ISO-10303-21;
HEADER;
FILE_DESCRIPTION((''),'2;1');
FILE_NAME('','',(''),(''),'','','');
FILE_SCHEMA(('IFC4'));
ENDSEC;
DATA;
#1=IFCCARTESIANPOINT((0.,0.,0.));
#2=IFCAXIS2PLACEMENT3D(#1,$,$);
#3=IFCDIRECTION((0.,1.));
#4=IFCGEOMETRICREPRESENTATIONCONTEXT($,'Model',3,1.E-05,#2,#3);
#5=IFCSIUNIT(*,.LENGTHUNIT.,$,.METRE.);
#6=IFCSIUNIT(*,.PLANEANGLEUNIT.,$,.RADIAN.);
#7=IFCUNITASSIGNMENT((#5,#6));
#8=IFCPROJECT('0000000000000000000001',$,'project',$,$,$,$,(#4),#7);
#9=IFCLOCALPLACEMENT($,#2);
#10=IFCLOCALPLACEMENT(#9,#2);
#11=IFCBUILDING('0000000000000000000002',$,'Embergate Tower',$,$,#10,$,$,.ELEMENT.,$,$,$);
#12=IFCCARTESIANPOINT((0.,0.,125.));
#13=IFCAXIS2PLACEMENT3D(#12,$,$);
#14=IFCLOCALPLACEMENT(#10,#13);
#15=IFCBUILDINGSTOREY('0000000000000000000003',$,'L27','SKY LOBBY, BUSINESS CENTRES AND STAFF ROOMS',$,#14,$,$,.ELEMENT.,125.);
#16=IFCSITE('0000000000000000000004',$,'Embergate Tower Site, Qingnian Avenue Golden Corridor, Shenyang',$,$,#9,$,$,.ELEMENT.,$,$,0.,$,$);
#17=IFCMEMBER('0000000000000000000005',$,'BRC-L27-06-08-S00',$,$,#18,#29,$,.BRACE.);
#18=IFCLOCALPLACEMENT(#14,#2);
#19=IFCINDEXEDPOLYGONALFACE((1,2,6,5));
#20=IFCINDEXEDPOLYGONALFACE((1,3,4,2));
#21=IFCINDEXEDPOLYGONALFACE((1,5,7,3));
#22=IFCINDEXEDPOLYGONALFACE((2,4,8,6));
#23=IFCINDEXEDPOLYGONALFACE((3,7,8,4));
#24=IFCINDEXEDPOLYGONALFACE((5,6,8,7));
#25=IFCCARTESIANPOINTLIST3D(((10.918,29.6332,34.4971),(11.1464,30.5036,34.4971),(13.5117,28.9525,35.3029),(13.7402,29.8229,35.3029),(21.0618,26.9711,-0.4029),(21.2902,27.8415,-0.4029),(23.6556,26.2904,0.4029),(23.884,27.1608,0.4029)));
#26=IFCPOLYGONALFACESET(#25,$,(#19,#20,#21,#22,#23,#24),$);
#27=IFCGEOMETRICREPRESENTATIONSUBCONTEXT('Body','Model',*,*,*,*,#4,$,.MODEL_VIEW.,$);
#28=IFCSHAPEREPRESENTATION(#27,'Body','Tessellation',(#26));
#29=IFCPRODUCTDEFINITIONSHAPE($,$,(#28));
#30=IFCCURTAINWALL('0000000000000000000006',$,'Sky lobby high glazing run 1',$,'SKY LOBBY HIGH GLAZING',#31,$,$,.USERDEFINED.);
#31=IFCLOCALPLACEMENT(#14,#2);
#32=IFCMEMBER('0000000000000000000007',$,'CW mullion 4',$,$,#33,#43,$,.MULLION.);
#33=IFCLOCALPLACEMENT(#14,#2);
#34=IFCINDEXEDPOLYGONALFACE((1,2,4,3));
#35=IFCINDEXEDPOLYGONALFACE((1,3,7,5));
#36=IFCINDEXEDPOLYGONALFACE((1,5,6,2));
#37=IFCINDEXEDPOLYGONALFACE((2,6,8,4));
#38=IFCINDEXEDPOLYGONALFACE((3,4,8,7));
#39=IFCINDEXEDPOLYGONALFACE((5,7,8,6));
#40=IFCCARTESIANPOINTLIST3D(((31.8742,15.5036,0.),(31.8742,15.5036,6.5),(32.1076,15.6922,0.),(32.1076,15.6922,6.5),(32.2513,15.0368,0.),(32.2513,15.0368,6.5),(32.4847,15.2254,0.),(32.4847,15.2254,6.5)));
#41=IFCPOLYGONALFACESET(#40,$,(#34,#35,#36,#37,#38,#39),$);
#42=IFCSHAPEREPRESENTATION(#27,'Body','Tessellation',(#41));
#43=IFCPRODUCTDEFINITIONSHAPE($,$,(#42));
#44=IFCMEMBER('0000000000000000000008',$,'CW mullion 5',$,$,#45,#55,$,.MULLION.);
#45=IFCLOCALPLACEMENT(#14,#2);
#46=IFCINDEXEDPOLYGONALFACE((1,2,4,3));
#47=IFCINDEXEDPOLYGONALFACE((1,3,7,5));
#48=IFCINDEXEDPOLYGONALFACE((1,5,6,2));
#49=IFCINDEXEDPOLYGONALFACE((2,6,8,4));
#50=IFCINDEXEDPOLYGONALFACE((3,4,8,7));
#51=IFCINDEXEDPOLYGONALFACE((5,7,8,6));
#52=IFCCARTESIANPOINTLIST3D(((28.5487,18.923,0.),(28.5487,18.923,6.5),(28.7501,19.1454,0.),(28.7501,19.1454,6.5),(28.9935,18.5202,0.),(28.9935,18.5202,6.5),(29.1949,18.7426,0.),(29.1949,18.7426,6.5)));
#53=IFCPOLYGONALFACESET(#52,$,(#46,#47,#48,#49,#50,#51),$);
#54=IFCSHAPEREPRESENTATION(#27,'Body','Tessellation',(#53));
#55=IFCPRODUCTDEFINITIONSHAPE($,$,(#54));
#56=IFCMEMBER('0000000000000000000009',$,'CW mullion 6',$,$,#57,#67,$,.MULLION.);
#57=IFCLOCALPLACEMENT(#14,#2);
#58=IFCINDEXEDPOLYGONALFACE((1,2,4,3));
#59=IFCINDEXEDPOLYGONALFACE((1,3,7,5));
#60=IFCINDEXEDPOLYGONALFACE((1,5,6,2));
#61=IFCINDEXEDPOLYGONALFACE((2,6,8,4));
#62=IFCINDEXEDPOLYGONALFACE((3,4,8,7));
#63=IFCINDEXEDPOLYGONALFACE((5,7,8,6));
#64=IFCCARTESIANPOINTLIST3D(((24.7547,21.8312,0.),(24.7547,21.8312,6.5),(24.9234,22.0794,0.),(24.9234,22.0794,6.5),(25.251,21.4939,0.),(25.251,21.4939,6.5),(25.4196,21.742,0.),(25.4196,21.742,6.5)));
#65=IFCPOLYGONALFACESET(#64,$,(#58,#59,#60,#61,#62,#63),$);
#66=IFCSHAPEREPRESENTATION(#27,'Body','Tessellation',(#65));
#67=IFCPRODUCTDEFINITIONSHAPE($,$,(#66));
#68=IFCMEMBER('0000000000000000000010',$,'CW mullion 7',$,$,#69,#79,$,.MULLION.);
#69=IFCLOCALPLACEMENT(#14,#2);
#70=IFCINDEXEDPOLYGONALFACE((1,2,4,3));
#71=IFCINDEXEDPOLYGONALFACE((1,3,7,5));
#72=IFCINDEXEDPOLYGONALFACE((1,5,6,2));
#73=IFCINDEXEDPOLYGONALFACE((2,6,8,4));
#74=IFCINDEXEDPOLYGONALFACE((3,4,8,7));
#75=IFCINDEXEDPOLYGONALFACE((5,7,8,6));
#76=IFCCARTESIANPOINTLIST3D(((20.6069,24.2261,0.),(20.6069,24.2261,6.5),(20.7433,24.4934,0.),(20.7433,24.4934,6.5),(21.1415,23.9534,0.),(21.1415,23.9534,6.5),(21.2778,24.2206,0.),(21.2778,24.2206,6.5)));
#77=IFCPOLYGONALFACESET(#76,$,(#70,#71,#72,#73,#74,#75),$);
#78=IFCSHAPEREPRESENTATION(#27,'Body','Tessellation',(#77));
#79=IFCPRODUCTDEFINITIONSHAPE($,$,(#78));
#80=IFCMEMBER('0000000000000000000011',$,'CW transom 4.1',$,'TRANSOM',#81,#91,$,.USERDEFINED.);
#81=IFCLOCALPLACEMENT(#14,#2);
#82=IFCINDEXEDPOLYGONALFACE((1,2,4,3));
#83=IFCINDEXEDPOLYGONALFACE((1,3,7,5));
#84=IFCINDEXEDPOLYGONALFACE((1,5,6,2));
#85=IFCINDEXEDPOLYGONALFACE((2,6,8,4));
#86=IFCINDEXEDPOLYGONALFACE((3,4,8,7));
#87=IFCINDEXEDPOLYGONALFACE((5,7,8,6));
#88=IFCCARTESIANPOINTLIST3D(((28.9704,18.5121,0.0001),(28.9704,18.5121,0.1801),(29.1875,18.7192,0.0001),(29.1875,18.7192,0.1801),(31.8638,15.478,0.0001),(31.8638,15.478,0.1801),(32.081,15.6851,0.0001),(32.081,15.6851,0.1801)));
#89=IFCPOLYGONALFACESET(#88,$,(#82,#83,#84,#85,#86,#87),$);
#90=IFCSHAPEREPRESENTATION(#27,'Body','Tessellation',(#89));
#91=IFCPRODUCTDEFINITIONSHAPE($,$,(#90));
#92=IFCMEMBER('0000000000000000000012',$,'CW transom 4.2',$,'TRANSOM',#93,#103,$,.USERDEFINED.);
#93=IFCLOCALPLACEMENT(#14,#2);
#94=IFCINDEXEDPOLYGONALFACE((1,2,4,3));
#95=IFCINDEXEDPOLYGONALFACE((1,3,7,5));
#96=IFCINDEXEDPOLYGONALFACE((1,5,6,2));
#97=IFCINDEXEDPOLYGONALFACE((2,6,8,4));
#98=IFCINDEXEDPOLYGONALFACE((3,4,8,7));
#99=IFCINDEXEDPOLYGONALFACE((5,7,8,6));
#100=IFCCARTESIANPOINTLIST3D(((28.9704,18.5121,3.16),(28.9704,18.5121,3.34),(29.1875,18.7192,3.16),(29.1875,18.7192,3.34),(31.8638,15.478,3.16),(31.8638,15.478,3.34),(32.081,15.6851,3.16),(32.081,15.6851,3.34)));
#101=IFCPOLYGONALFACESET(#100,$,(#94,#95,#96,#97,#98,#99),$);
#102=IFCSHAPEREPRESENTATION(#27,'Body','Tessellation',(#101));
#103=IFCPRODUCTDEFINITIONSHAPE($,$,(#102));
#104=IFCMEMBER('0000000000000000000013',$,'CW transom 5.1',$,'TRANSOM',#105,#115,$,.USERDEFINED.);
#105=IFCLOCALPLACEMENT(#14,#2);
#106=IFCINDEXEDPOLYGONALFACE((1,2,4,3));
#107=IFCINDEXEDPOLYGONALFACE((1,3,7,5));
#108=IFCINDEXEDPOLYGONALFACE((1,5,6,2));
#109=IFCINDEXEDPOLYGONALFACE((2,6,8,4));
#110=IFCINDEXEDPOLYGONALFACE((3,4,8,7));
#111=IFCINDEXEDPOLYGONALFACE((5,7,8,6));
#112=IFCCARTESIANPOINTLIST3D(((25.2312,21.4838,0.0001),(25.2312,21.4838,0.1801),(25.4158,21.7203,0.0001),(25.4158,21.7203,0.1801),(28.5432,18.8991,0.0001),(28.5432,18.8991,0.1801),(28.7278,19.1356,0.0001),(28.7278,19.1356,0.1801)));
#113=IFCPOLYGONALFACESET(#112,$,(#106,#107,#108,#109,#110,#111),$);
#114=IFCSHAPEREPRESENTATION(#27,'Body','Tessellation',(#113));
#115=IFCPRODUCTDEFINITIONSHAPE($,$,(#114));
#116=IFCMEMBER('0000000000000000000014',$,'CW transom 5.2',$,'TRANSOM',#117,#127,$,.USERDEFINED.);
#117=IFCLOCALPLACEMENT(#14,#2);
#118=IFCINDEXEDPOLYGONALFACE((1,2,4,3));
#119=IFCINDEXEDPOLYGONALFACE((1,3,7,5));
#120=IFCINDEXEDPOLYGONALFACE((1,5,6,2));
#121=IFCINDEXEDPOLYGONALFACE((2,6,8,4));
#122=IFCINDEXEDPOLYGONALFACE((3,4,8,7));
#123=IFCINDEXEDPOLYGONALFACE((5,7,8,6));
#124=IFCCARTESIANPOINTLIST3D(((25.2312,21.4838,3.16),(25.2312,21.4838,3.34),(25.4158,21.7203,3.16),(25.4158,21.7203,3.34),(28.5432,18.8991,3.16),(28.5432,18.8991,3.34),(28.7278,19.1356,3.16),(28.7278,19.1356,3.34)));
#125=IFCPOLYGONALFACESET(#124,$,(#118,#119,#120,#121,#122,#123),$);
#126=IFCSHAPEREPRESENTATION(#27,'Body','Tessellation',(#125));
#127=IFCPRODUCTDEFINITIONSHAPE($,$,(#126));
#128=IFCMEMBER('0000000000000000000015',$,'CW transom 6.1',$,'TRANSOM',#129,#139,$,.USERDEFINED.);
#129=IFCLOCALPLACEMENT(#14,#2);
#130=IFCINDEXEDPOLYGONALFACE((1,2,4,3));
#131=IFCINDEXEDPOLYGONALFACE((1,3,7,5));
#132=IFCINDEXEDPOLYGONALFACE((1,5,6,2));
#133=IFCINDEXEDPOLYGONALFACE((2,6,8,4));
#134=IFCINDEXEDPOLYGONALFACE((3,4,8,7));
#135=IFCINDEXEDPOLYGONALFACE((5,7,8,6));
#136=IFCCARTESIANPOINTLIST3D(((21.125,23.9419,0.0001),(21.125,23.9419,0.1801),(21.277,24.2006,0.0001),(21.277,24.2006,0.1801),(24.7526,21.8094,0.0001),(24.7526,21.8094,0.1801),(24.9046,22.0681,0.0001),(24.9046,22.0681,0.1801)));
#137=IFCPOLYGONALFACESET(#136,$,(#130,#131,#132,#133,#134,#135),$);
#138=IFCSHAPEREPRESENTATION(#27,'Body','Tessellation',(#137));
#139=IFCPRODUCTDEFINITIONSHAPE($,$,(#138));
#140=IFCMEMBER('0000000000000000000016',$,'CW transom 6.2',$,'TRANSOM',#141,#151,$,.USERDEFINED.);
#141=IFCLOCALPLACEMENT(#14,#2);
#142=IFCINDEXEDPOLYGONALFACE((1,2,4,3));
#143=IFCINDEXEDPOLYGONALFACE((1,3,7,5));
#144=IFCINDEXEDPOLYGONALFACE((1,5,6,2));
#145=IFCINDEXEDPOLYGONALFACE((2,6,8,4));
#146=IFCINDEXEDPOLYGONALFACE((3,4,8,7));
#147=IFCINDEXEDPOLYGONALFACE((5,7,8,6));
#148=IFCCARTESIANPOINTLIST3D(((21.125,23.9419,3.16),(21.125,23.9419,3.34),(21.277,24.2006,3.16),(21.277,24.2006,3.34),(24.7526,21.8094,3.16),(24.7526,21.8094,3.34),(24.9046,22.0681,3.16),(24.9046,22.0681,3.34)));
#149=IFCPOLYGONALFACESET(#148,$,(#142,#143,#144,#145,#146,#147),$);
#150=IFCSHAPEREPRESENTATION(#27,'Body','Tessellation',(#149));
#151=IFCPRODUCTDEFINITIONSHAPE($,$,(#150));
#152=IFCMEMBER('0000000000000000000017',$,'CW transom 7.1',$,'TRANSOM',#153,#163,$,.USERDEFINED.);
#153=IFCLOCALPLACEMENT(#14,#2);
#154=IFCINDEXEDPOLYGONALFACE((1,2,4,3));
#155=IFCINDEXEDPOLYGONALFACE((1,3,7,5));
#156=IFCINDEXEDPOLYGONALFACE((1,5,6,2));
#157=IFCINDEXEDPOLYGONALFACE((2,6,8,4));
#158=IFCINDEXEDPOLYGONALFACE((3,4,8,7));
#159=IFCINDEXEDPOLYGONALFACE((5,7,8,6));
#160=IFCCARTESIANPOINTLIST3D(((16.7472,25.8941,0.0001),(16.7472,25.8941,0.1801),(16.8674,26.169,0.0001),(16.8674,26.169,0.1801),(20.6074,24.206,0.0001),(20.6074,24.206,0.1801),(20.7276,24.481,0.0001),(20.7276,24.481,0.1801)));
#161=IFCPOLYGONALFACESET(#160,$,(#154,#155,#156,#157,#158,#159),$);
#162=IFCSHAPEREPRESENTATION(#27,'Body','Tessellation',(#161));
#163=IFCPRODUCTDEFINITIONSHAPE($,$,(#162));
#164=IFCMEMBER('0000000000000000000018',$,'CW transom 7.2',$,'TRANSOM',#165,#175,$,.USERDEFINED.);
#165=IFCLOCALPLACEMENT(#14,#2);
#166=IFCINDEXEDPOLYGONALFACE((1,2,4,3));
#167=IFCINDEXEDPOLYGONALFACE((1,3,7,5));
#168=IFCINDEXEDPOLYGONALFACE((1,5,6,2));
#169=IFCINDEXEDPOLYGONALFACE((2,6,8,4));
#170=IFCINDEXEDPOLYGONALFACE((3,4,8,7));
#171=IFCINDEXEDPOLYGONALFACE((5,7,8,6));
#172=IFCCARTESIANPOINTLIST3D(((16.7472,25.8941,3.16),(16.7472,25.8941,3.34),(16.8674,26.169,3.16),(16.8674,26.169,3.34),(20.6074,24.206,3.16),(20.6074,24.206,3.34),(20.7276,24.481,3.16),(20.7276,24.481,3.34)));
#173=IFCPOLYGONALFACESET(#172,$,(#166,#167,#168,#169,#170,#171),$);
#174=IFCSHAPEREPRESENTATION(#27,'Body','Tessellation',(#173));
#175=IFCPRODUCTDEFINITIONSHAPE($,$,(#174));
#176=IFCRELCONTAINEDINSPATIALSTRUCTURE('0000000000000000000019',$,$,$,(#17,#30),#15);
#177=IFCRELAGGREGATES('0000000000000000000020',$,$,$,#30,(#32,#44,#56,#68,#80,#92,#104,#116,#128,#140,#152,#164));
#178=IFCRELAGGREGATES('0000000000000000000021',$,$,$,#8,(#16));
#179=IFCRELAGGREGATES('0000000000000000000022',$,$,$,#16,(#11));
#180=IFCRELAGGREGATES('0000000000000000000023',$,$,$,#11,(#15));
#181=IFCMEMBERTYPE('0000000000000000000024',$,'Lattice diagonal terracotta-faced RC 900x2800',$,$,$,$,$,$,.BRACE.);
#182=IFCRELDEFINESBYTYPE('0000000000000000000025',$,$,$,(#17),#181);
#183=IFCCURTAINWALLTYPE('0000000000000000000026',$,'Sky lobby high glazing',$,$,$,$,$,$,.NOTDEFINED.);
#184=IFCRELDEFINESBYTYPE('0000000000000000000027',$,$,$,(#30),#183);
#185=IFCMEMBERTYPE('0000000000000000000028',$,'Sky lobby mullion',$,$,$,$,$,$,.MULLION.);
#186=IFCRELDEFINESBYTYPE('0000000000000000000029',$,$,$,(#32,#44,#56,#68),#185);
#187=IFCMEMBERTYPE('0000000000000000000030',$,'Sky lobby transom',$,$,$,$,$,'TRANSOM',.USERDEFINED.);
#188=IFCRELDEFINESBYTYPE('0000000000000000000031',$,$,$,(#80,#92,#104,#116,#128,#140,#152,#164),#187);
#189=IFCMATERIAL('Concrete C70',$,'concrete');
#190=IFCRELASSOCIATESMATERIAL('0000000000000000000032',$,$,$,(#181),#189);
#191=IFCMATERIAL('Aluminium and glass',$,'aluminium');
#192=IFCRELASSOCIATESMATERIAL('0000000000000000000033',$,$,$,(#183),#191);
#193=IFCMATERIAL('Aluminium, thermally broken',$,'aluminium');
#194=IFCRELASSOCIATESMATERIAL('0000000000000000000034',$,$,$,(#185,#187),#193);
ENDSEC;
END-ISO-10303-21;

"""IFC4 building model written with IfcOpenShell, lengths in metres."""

from ifc_helpers import new_model, si_unit, direction, frame, origin, origin_2d, place, context, subcontext, project, spatial, rectangle, extrude, source, transform, mapped, material, material_profile, profile_set, type_object, element, aggregate, save


model = new_model("IFC4")

# Units and contexts
model_context = context("Model", 3, precision=1e-05, world=origin(), true_north=direction((0.0, 1.0)))
body_context = subcontext(model_context, "Body", "Model", "MODEL_VIEW")
ifc_project = project(units=[si_unit("LENGTHUNIT", "METRE"), si_unit("PLANEANGLEUNIT", "RADIAN")], contexts=[model_context])

# Site, building, storey
site_placement = place(None, origin())
site = spatial("IfcSite", under=ifc_project, at=site_placement, Name="Embergate Tower Site, Qingnian Avenue Golden Corridor, Shenyang", CompositionType="ELEMENT", RefElevation=0.0)
building_placement = place(site_placement, origin())
building = spatial("IfcBuilding", under=site, at=building_placement, Name="Embergate Tower", CompositionType="ELEMENT")
storey_placement = place(building_placement, frame((0.0, 0.0, 125.0)))
storey = spatial("IfcBuildingStorey", under=building, at=storey_placement, Name="L27", Description="SKY LOBBY, BUSINESS CENTRES AND STAFF ROOMS", CompositionType="ELEMENT", Elevation=125.0)

# Shared definitions
ifc_material_1 = material(Name="Concrete C70", Category="concrete")

# Member
ifc_material_profile_1 = material_profile(ifc_material_1, rectangle(XDim=0.8999, YDim=2.8, at=origin_2d()), Name="RC 900x2800")
ifc_profile_set_1 = profile_set([ifc_material_profile_1], Name="Concrete C70")
member_type_1 = type_object("IfcMemberType", Name="Lattice diagonal terracotta-faced RC 900x2800", PredefinedType="BRACE", material=ifc_profile_set_1)
shared_shape_1 = source(origin(), body_context, "Body", "SweptSolid", [
    extrude(rectangle(XDim=0.8999, YDim=2.8, at=origin_2d()), origin(), (0.0, 0.0, 1.0), 36.4417),
])
member_1_placement = place(storey_placement, frame((22.4729, 27.0659, 0.0), z_axis=(-0.278358, 0.073051, 0.957695), x_axis=(-0.253841, -0.967246, 0.0)))
element("IfcMember", 1, at=member_1_placement, inside=storey, type_object=member_type_1, Name="BRC-L27-06-08-S00", PredefinedType="BRACE", context=body_context, shape_type="MappedRepresentation", body=[
    mapped(shared_shape_1, transform((0.0, 0.0, 0.0))),
])

# Curtain wall, members
ifc_material_2 = material(Name="Aluminium and glass", Category="aluminium")
curtain_wall_type = type_object("IfcCurtainWallType", Name="Sky lobby high glazing", PredefinedType="NOTDEFINED", material=ifc_material_2)
curtain_wall_placement = place(storey_placement, origin())
curtain_wall = element("IfcCurtainWall", 2, at=curtain_wall_placement, inside=storey, type_object=curtain_wall_type, Name="Sky lobby high glazing run 1", ObjectType="SKY LOBBY HIGH GLAZING", PredefinedType="USERDEFINED")
ifc_material_3 = material(Name="Aluminium, thermally broken", Category="aluminium")
ifc_material_profile_2 = material_profile(ifc_material_3, rectangle(XDim=0.3, YDim=0.6001, at=origin_2d()), Name="AL 600x300")
ifc_profile_set_2 = profile_set([ifc_material_profile_2], Name="Aluminium, thermally broken")
member_type_2 = type_object("IfcMemberType", Name="Sky lobby mullion", PredefinedType="MULLION", material=ifc_profile_set_2)
shared_shape_2 = source(origin(), body_context, "Body", "SweptSolid", [
    extrude(rectangle(XDim=0.3, YDim=0.6001, at=origin_2d()), origin(), (0.0, 0.0, 1.0), 6.5),
])
member_2_placement = place(storey_placement, frame((32.1794, 15.3645, 0.0), z_axis=(0.0, 0.0, 1.0), x_axis=(-0.777864, -0.628433, 0.0)))
member_2 = element("IfcMember", 3, at=member_2_placement, type_object=member_type_2, Name="CW mullion 4", PredefinedType="MULLION", context=body_context, shape_type="MappedRepresentation", body=[
    mapped(shared_shape_2, transform((0.0, 0.0, 0.0))),
])
member_3_placement = place(storey_placement, frame((28.8718, 18.8328, 0.0), z_axis=(0.0, 0.0, 1.0), x_axis=(-0.671219, -0.741259, 0.0)))
member_3 = element("IfcMember", 4, at=member_3_placement, type_object=member_type_2, Name="CW mullion 5", PredefinedType="MULLION", context=body_context, shape_type="MappedRepresentation", body=[
    mapped(shared_shape_2, transform((0.0, 0.0, 0.0))),
])
member_4_placement = place(storey_placement, frame((25.0872, 21.7866, 0.0), z_axis=(0.0, 0.0, 1.0), x_axis=(-0.562209, -0.826995, 0.0)))
member_4 = element("IfcMember", 5, at=member_4_placement, type_object=member_type_2, Name="CW mullion 6", PredefinedType="MULLION", context=body_context, shape_type="MappedRepresentation", body=[
    mapped(shared_shape_2, transform((0.0, 0.0, 0.0))),
])
member_5_placement = place(storey_placement, frame((20.9424, 24.2234, 0.0), z_axis=(0.0, 0.0, 1.0), x_axis=(-0.454505, -0.890744, 0.0)))
member_5 = element("IfcMember", 6, at=member_5_placement, type_object=member_type_2, Name="CW mullion 7", PredefinedType="MULLION", context=body_context, shape_type="MappedRepresentation", body=[
    mapped(shared_shape_2, transform((0.0, 0.0, 0.0))),
])
ifc_material_profile_3 = material_profile(ifc_material_3, rectangle(XDim=0.3, YDim=0.1799, at=origin_2d()), Name="AL 180x300")
ifc_profile_set_3 = profile_set([ifc_material_profile_3], Name="Aluminium, thermally broken")
member_type_3 = type_object("IfcMemberType", Name="Sky lobby transom", ElementType="TRANSOM", PredefinedType="USERDEFINED", material=ifc_profile_set_3)
shared_shape_3 = source(origin(), body_context, "Body", "SweptSolid", [
    extrude(rectangle(XDim=0.3, YDim=0.1799, at=origin_2d()), origin(), (0.0, 0.0, 1.0), 4.1926),
])
member_6_placement = place(storey_placement, frame((31.9724, 15.5815, 0.0901), z_axis=(-0.690138, 0.723678, 0.0), x_axis=(-0.723678, -0.690138, 0.0)))
member_6 = element("IfcMember", 7, at=member_6_placement, type_object=member_type_3, Name="CW transom 4.1", ObjectType="TRANSOM", PredefinedType="USERDEFINED", context=body_context, shape_type="MappedRepresentation", body=[
    mapped(shared_shape_3, transform((0.0, 0.0, 0.0))),
])
member_7_placement = place(storey_placement, frame((31.9724, 15.5815, 3.25), z_axis=(-0.690138, 0.723678, 0.0), x_axis=(-0.723678, -0.690138, 0.0)))
member_7 = element("IfcMember", 8, at=member_7_placement, type_object=member_type_3, Name="CW transom 4.2", ObjectType="TRANSOM", PredefinedType="USERDEFINED", context=body_context, shape_type="MappedRepresentation", body=[
    mapped(shared_shape_3, transform((0.0, 0.0, 0.0))),
])
shared_shape_4 = source(origin(), body_context, "Body", "SweptSolid", [
    extrude(rectangle(XDim=0.3, YDim=0.1799, at=origin_2d()), origin(), (0.0, 0.0, 1.0), 4.2012),
])
member_8_placement = place(storey_placement, frame((28.6355, 19.0173, 0.0901), z_axis=(-0.788347, 0.615231, 0.0), x_axis=(-0.615231, -0.788347, 0.0)))
member_8 = element("IfcMember", 9, at=member_8_placement, type_object=member_type_3, Name="CW transom 5.1", ObjectType="TRANSOM", PredefinedType="USERDEFINED", context=body_context, shape_type="MappedRepresentation", body=[
    mapped(shared_shape_4, transform((0.0, 0.0, 0.0))),
])
member_9_placement = place(storey_placement, frame((28.6355, 19.0173, 3.25), z_axis=(-0.788347, 0.615231, 0.0), x_axis=(-0.615231, -0.788347, 0.0)))
member_9 = element("IfcMember", 10, at=member_9_placement, type_object=member_type_3, Name="CW transom 5.2", ObjectType="TRANSOM", PredefinedType="USERDEFINED", context=body_context, shape_type="MappedRepresentation", body=[
    mapped(shared_shape_4, transform((0.0, 0.0, 0.0))),
])
shared_shape_5 = source(origin(), body_context, "Body", "SweptSolid", [
    extrude(rectangle(XDim=0.3, YDim=0.1799, at=origin_2d()), origin(), (0.0, 0.0, 1.0), 4.208),
])
member_10_placement = place(storey_placement, frame((24.8286, 21.9387, 0.0901), z_axis=(-0.862076, 0.506779, 0.0), x_axis=(-0.506779, -0.862076, 0.0)))
member_10 = element("IfcMember", 11, at=member_10_placement, type_object=member_type_3, Name="CW transom 6.1", ObjectType="TRANSOM", PredefinedType="USERDEFINED", context=body_context, shape_type="MappedRepresentation", body=[
    mapped(shared_shape_5, transform((0.0, 0.0, 0.0))),
])
member_11_placement = place(storey_placement, frame((24.8286, 21.9387, 3.25), z_axis=(-0.862076, 0.506779, 0.0), x_axis=(-0.506779, -0.862076, 0.0)))
member_11 = element("IfcMember", 12, at=member_11_placement, type_object=member_type_3, Name="CW transom 6.2", ObjectType="TRANSOM", PredefinedType="USERDEFINED", context=body_context, shape_type="MappedRepresentation", body=[
    mapped(shared_shape_5, transform((0.0, 0.0, 0.0))),
])
shared_shape_6 = source(origin(), body_context, "Body", "SweptSolid", [
    extrude(rectangle(XDim=0.3, YDim=0.1799, at=origin_2d()), origin(), (0.0, 0.0, 1.0), 4.2131),
])
member_12_placement = place(storey_placement, frame((20.6675, 24.3435, 0.0901), z_axis=(-0.916228, 0.400658, 0.0), x_axis=(-0.400658, -0.916228, 0.0)))
member_12 = element("IfcMember", 13, at=member_12_placement, type_object=member_type_3, Name="CW transom 7.1", ObjectType="TRANSOM", PredefinedType="USERDEFINED", context=body_context, shape_type="MappedRepresentation", body=[
    mapped(shared_shape_6, transform((0.0, 0.0, 0.0))),
])
member_13_placement = place(storey_placement, frame((20.6675, 24.3435, 3.25), z_axis=(-0.916228, 0.400658, 0.0), x_axis=(-0.400658, -0.916228, 0.0)))
member_13 = element("IfcMember", 14, at=member_13_placement, type_object=member_type_3, Name="CW transom 7.2", ObjectType="TRANSOM", PredefinedType="USERDEFINED", context=body_context, shape_type="MappedRepresentation", body=[
    mapped(shared_shape_6, transform((0.0, 0.0, 0.0))),
])
aggregate(curtain_wall, [member_2, member_3, member_4, member_5, member_6, member_7, member_8, member_9, member_10, member_11, member_12, member_13])

save(model, "model.ifc")
